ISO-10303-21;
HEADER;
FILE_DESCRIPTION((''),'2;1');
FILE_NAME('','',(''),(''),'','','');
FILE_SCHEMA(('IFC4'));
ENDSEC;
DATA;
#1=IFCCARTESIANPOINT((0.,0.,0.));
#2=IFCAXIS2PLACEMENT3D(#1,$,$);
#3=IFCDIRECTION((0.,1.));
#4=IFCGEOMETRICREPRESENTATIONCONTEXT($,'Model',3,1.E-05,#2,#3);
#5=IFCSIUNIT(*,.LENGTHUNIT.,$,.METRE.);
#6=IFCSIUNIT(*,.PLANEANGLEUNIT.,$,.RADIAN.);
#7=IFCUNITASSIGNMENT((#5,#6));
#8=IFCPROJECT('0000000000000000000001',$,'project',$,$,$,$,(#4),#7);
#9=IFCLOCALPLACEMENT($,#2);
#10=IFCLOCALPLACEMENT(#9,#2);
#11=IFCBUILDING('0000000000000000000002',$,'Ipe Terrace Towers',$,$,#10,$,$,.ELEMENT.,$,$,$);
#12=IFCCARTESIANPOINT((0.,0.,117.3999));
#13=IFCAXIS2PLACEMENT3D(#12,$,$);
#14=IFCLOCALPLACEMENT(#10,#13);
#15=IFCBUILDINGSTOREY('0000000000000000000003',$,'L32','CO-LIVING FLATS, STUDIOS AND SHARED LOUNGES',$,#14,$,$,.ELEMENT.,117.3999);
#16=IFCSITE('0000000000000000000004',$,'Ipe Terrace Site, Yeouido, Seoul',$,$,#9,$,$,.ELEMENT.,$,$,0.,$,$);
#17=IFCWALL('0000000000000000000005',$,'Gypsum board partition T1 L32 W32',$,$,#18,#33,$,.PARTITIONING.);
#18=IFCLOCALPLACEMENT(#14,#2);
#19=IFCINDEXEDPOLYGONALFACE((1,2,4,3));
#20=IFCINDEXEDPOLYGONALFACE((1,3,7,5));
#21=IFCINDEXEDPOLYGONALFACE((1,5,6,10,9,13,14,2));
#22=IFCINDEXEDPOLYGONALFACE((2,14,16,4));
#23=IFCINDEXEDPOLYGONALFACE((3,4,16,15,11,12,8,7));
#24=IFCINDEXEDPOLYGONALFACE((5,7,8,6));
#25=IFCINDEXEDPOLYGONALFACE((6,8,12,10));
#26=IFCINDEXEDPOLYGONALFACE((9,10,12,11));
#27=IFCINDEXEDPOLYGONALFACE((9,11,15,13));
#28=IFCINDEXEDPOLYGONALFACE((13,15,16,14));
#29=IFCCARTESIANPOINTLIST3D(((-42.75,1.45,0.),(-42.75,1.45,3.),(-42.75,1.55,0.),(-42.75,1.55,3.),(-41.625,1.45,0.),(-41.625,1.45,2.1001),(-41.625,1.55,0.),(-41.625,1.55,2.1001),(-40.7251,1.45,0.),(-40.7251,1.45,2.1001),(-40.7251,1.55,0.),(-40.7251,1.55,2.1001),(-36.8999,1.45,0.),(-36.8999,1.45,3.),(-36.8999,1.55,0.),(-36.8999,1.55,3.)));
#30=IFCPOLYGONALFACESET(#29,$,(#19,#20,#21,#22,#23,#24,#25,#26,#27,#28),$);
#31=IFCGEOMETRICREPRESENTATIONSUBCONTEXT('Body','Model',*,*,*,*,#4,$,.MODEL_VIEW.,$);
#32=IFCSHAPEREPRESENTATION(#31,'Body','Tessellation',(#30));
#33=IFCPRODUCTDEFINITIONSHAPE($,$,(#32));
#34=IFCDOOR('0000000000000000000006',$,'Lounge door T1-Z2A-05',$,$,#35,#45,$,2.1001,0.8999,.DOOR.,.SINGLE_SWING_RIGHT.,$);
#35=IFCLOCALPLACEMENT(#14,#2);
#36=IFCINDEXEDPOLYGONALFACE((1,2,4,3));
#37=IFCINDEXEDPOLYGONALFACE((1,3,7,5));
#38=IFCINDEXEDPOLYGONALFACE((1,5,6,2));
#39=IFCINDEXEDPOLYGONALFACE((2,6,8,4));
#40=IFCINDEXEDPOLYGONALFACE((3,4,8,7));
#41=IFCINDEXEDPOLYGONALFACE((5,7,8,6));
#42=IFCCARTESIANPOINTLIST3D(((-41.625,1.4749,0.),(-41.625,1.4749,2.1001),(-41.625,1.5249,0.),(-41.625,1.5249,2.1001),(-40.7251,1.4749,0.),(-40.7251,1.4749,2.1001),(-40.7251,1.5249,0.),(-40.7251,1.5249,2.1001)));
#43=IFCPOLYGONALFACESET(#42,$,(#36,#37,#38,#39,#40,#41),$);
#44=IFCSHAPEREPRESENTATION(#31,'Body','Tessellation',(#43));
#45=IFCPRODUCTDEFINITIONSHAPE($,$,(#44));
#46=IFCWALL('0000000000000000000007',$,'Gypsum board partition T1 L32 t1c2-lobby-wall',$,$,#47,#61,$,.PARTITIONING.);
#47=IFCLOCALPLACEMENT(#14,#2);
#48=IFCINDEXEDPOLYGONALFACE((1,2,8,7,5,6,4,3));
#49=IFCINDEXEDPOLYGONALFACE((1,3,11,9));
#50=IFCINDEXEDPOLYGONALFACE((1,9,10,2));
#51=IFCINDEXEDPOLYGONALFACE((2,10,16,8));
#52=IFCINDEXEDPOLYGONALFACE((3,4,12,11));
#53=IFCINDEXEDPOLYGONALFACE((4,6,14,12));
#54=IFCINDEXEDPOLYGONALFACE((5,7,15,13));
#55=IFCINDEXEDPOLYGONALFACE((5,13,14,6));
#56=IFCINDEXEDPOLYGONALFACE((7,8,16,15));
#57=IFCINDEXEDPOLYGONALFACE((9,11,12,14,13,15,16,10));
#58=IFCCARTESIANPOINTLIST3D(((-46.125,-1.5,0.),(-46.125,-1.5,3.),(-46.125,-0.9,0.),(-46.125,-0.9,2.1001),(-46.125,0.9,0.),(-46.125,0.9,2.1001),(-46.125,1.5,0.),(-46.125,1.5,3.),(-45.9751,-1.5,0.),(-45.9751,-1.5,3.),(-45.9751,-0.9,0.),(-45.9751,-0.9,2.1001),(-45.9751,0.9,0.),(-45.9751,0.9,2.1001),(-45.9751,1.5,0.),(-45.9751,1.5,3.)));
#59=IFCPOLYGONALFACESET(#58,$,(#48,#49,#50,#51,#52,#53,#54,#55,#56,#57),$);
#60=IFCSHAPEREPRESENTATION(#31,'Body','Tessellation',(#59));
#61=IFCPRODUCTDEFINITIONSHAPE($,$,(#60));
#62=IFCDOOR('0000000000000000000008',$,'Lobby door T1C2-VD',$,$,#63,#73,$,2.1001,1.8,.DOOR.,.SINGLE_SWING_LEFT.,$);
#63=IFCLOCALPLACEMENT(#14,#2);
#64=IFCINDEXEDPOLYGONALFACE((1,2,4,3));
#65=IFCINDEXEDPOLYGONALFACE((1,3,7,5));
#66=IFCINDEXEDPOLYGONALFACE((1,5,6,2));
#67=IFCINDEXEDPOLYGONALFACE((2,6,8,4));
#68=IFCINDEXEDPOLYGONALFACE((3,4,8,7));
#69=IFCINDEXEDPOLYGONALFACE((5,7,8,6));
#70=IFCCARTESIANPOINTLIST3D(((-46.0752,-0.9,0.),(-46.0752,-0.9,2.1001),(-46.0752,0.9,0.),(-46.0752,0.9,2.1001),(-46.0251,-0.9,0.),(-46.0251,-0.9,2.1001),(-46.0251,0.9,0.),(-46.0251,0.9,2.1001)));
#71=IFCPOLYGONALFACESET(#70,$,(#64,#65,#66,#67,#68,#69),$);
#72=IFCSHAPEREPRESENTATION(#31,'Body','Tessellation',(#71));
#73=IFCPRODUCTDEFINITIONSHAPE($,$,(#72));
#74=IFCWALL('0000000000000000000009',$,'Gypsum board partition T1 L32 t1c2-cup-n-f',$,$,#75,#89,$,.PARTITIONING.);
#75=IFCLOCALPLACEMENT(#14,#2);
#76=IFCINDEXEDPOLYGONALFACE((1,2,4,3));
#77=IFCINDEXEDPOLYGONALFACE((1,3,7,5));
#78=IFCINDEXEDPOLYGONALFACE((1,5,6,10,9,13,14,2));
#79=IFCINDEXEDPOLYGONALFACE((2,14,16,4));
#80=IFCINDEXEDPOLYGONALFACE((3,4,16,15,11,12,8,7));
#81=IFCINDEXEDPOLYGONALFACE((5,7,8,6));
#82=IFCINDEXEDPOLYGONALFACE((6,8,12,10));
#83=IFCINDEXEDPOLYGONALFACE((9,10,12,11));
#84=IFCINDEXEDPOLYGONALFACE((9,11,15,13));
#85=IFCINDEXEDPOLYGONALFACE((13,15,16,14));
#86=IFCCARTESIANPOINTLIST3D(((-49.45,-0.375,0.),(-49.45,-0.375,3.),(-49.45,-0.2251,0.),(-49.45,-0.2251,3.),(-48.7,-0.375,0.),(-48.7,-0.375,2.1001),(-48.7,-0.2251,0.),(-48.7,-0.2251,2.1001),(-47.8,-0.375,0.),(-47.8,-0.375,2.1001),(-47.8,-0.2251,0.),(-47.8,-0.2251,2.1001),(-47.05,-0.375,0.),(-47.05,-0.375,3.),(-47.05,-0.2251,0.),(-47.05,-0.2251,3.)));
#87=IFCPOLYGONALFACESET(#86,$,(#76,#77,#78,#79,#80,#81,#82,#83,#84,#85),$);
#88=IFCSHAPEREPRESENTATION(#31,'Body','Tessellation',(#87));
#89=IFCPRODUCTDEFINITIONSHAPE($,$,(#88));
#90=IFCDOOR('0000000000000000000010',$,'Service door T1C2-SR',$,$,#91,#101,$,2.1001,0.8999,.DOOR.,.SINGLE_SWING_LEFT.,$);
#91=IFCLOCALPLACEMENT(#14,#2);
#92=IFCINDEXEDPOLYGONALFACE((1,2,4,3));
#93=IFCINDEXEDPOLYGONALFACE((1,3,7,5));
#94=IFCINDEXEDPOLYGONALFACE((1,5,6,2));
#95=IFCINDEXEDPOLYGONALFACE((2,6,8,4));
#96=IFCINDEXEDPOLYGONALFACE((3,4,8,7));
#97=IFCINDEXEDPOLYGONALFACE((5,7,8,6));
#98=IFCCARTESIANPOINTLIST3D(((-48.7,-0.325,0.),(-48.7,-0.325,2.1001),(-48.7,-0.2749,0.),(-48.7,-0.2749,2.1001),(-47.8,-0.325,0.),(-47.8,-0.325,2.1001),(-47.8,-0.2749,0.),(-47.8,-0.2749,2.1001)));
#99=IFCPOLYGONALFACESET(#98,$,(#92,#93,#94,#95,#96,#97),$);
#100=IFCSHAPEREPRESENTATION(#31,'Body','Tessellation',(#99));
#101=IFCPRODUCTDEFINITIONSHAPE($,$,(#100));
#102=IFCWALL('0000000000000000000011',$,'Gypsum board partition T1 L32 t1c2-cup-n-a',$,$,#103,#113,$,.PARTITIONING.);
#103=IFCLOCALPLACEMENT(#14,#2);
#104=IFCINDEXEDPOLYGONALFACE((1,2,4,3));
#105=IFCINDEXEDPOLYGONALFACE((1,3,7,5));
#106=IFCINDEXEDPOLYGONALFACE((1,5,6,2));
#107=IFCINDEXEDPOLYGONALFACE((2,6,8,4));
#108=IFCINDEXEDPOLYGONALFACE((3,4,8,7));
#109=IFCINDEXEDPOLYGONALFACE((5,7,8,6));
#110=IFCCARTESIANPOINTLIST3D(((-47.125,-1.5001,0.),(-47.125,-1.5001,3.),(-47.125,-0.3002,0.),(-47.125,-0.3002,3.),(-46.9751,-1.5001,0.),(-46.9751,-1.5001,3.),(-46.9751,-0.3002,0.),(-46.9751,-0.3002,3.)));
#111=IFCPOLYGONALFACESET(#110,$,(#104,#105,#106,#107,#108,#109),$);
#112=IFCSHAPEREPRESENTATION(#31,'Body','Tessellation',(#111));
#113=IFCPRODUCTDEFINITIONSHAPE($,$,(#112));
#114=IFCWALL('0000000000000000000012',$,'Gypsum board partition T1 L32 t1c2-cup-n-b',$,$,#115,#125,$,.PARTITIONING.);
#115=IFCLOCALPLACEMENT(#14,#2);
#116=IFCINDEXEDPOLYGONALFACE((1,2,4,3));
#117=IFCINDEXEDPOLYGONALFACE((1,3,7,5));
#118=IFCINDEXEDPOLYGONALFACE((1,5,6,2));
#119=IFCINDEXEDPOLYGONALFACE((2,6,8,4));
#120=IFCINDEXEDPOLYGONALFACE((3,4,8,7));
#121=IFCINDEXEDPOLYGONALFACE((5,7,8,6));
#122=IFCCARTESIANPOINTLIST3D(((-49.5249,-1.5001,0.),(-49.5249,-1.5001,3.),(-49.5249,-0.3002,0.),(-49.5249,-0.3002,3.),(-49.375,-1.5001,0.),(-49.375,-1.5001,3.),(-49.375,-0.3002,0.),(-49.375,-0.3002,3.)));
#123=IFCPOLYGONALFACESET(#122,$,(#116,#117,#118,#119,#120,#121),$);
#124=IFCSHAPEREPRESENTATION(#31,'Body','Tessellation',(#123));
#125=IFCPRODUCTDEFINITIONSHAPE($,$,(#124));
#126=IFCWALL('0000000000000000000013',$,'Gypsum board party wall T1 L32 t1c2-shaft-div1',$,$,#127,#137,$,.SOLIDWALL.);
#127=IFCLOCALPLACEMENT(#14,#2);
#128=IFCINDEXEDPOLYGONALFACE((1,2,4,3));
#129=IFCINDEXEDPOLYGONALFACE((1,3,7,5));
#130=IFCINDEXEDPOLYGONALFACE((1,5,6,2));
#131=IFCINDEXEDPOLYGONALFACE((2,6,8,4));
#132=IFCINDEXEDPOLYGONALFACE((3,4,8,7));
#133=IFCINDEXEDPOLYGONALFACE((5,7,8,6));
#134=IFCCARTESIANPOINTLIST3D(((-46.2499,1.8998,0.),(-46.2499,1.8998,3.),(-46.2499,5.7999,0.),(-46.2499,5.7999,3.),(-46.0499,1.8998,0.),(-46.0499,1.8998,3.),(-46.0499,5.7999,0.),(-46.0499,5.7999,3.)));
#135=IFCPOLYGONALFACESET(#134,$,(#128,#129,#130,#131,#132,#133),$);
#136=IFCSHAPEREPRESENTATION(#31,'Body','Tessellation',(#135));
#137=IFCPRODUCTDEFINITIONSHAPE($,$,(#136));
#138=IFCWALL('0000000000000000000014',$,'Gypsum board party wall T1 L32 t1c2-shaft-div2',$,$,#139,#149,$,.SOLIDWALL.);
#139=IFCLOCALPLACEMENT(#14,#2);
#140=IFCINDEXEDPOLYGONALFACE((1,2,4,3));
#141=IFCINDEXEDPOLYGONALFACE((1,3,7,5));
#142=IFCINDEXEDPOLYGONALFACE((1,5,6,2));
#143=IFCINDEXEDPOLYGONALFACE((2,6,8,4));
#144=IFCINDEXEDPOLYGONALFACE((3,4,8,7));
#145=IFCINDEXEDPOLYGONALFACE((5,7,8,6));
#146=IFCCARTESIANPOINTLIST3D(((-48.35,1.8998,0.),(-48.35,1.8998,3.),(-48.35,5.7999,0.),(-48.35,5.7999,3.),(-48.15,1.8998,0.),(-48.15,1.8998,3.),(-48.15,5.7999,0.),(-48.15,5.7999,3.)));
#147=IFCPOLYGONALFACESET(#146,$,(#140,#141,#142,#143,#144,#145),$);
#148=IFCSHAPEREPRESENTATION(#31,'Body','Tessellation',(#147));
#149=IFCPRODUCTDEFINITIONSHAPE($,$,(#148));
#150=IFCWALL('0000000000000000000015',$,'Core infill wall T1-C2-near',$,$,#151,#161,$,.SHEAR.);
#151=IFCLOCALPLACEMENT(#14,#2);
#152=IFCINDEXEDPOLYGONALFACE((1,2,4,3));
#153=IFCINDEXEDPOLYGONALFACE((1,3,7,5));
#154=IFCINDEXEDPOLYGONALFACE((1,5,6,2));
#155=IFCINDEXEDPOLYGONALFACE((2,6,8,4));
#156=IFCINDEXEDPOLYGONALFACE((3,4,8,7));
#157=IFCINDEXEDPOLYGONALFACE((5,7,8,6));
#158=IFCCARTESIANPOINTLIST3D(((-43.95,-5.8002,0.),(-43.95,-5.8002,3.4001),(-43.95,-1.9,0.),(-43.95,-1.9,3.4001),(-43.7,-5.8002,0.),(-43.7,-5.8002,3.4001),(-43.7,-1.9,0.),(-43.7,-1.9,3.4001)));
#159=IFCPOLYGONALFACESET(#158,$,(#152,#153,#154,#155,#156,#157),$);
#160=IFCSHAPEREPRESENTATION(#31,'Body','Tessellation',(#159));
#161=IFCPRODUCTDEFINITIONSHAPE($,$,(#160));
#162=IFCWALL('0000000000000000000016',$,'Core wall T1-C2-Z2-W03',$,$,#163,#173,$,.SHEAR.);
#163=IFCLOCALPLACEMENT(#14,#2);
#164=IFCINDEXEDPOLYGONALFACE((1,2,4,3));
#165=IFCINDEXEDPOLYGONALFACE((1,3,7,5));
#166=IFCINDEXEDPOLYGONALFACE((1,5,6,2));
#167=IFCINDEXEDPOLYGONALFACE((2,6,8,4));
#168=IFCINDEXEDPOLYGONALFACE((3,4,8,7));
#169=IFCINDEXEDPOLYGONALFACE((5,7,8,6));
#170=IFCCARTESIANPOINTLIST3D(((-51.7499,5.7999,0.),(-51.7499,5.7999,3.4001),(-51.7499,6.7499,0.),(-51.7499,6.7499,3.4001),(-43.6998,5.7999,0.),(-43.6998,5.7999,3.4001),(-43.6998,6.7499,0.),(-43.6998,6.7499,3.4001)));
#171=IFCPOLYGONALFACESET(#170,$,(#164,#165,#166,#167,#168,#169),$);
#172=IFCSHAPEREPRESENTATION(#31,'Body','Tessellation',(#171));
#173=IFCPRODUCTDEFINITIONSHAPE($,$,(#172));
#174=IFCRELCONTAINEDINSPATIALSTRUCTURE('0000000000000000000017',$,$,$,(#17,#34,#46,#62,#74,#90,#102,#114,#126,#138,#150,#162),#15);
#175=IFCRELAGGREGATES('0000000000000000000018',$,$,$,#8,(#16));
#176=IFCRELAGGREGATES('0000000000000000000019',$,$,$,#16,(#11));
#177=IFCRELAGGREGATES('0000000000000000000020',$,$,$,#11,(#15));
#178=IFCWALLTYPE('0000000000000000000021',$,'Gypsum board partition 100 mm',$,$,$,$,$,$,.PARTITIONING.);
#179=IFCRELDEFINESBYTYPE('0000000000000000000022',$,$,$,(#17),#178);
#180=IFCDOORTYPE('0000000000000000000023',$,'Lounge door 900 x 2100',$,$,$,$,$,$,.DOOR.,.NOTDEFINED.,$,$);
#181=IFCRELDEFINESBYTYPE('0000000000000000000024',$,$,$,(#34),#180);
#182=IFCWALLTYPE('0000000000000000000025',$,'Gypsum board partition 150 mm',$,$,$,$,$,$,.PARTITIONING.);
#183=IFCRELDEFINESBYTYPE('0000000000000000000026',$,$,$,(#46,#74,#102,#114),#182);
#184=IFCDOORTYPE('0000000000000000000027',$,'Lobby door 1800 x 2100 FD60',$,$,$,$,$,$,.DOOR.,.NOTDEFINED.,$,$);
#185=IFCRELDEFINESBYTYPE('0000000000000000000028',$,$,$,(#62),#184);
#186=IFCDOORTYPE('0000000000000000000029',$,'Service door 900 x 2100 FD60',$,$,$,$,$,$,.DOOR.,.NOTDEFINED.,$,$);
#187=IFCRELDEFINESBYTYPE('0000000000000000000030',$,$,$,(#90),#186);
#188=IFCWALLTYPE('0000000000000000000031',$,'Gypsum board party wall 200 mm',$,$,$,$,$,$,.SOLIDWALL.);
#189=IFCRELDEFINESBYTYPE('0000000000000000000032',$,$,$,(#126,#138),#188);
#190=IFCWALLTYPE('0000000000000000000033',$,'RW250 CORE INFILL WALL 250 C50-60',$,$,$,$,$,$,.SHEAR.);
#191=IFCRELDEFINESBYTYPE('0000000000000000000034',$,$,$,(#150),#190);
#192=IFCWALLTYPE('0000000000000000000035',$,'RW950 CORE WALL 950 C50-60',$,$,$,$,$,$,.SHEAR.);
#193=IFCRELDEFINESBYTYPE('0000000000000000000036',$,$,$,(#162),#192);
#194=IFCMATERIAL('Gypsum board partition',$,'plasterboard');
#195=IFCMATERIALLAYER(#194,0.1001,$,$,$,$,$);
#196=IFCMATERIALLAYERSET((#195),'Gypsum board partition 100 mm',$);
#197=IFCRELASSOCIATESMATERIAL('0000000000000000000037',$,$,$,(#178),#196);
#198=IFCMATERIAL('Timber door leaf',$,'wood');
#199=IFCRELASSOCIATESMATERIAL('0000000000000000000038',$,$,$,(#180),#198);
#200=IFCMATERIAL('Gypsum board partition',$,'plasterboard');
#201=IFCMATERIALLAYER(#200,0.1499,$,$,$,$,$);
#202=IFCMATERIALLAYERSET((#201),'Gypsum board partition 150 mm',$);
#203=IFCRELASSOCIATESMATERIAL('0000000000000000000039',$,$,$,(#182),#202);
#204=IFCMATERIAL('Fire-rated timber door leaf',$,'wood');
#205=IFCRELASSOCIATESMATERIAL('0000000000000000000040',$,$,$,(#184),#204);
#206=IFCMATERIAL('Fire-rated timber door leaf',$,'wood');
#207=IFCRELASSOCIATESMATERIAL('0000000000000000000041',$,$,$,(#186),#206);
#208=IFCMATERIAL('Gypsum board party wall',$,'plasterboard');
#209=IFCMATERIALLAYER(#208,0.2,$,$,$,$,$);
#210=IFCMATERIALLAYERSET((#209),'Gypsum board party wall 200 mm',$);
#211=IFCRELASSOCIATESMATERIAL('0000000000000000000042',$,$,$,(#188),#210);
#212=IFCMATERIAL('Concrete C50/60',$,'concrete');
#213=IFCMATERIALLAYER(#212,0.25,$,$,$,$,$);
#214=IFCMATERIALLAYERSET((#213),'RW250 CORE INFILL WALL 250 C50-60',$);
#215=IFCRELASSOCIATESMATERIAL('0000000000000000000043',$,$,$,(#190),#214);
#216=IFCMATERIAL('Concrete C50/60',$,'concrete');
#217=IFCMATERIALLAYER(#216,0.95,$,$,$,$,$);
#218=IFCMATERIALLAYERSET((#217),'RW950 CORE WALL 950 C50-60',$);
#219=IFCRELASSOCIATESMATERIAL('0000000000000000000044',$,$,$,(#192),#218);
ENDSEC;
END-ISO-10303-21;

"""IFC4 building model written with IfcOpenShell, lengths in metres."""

from ifc_helpers import new_model, si_unit, direction, frame, frame_2d, origin, place, context, subcontext, project, spatial, rectangle, extrude, material, layer, layer_set, type_object, element, fill, save


model = new_model("IFC4")

# Units and contexts
model_context = context("Model", 3, precision=1e-05, world=origin(), true_north=direction((0.0, 1.0)))
body_context = subcontext(model_context, "Body", "Model", "MODEL_VIEW")
ifc_project = project(units=[si_unit("LENGTHUNIT", "METRE"), si_unit("PLANEANGLEUNIT", "RADIAN")], contexts=[model_context])

# Site, building, storey
site_placement = place(None, origin())
site = spatial("IfcSite", under=ifc_project, at=site_placement, Name="Ipe Terrace Site, Yeouido, Seoul", CompositionType="ELEMENT", RefElevation=0.0)
building_placement = place(site_placement, origin())
building = spatial("IfcBuilding", under=site, at=building_placement, Name="Ipe Terrace Towers", CompositionType="ELEMENT")
storey_placement = place(building_placement, frame((0.0, 0.0, 117.3999)))
storey = spatial("IfcBuildingStorey", under=building, at=storey_placement, Name="L32", Description="CO-LIVING FLATS, STUDIOS AND SHARED LOUNGES", CompositionType="ELEMENT", Elevation=117.3999)

# Shared definitions
ifc_material_1 = material(Name="Gypsum board partition", Category="plasterboard")
ifc_layer_1 = layer(ifc_material_1, 0.1001)
ifc_layer_set_1 = layer_set([ifc_layer_1], Name="Gypsum board partition 100 mm")
wall_type_1 = type_object("IfcWallType", Name="Gypsum board partition 100 mm", PredefinedType="PARTITIONING", material=ifc_layer_set_1)

# Shared definitions
ifc_material_2 = material(Name="Timber door leaf", Category="wood")
door_type_1 = type_object("IfcDoorType", Name="Lounge door 900 x 2100", OperationType="NOTDEFINED", PredefinedType="DOOR", material=ifc_material_2)

# Walls, openings, doors
wall_1_placement = place(storey_placement, frame((-42.75, 1.5, 0.0), z_axis=(0.0, 0.0, 1.0), x_axis=(1.0, 0.0, 0.0)))
wall_1 = element("IfcWall", 1, at=wall_1_placement, inside=storey, type_object=wall_type_1, Name="Gypsum board partition T1 L32 W32", PredefinedType="PARTITIONING", context=body_context, shape_type="SweptSolid", body=[
    extrude(rectangle(XDim=5.8501, YDim=0.1001, at=frame_2d((2.925, 0.0))), origin(), (0.0, 0.0, 1.0), 3.0),
])
opening_1_placement = place(wall_1_placement, frame((1.125, 0.0, 0.0)))
opening_1 = element("IfcOpeningElement", 2, at=opening_1_placement, cuts=wall_1, PredefinedType="OPENING", context=body_context, shape_type="SweptSolid", body=[
    extrude(rectangle(XDim=0.8999, YDim=2.1001, at=frame_2d((0.45, 1.05))), frame((0.0, 0.0601, 0.0), z_axis=(0.0, -1.0, 0.0), x_axis=(1.0, 0.0, 0.0)), (0.0, 0.0, 1.0), 0.1201),
])
door_1_placement = place(opening_1_placement, origin())
door_1 = element("IfcDoor", 3, at=door_1_placement, inside=storey, type_object=door_type_1, Name="Lounge door T1-Z2A-05", OperationType="SINGLE_SWING_RIGHT", OverallHeight=2.1001, OverallWidth=0.8999, PredefinedType="DOOR", context=body_context, shape_type="SweptSolid", body=[
    extrude(rectangle(XDim=0.8999, YDim=2.1001, at=frame_2d((0.45, 1.05))), frame((0.0, 0.0249, 0.0), z_axis=(0.0, -1.0, 0.0), x_axis=(1.0, 0.0, 0.0)), (0.0, 0.0, 1.0), 0.05),
])
fill(opening_1, door_1)
ifc_material_3 = material(Name="Gypsum board partition", Category="plasterboard")
ifc_layer_2 = layer(ifc_material_3, 0.1499)
ifc_layer_set_2 = layer_set([ifc_layer_2], Name="Gypsum board partition 150 mm")
wall_type_2 = type_object("IfcWallType", Name="Gypsum board partition 150 mm", PredefinedType="PARTITIONING", material=ifc_layer_set_2)
wall_2_placement = place(storey_placement, frame((-46.05, 1.5, 0.0), z_axis=(0.0, 0.0, 1.0), x_axis=(0.0, -1.0, 0.0)))
wall_2 = element("IfcWall", 4, at=wall_2_placement, inside=storey, type_object=wall_type_2, Name="Gypsum board partition T1 L32 t1c2-lobby-wall", PredefinedType="PARTITIONING", context=body_context, shape_type="SweptSolid", body=[
    extrude(rectangle(XDim=3.0, YDim=0.1499, at=frame_2d((1.5, 0.0))), origin(), (0.0, 0.0, 1.0), 3.0),
])
opening_2_placement = place(wall_2_placement, frame((0.6001, 0.0, 0.0)))
opening_2 = element("IfcOpeningElement", 5, at=opening_2_placement, cuts=wall_2, PredefinedType="OPENING", context=body_context, shape_type="SweptSolid", body=[
    extrude(rectangle(XDim=1.8, YDim=2.1001, at=frame_2d((0.8999, 1.05))), frame((0.0, 0.085, 0.0), z_axis=(0.0, -1.0, 0.0), x_axis=(1.0, 0.0, 0.0)), (0.0, 0.0, 1.0), 0.1699),
])
ifc_material_4 = material(Name="Fire-rated timber door leaf", Category="wood")
door_type_2 = type_object("IfcDoorType", Name="Lobby door 1800 x 2100 FD60", OperationType="NOTDEFINED", PredefinedType="DOOR", material=ifc_material_4)
door_2_placement = place(opening_2_placement, origin())
door_2 = element("IfcDoor", 6, at=door_2_placement, inside=storey, type_object=door_type_2, Name="Lobby door T1C2-VD", OperationType="SINGLE_SWING_LEFT", OverallHeight=2.1001, OverallWidth=1.8, PredefinedType="DOOR", context=body_context, shape_type="SweptSolid", body=[
    extrude(rectangle(XDim=1.8, YDim=2.1001, at=frame_2d((0.8999, 1.05))), frame((0.0, 0.0249, 0.0), z_axis=(0.0, -1.0, 0.0), x_axis=(1.0, 0.0, 0.0)), (0.0, 0.0, 1.0), 0.05),
])
fill(opening_2, door_2)
wall_3_placement = place(storey_placement, frame((-47.05, -0.3, 0.0), z_axis=(0.0, 0.0, 1.0), x_axis=(-1.0, 0.0, 0.0)))
wall_3 = element("IfcWall", 7, at=wall_3_placement, inside=storey, type_object=wall_type_2, Name="Gypsum board partition T1 L32 t1c2-cup-n-f", PredefinedType="PARTITIONING", context=body_context, shape_type="SweptSolid", body=[
    extrude(rectangle(XDim=2.3999, YDim=0.1499, at=frame_2d((1.2, 0.0))), origin(), (0.0, 0.0, 1.0), 3.0),
])
opening_3_placement = place(wall_3_placement, frame((0.75, 0.0, 0.0)))
opening_3 = element("IfcOpeningElement", 8, at=opening_3_placement, cuts=wall_3, PredefinedType="OPENING", context=body_context, shape_type="SweptSolid", body=[
    extrude(rectangle(XDim=0.8999, YDim=2.1001, at=frame_2d((0.45, 1.05))), frame((0.0, 0.085, 0.0), z_axis=(0.0, -1.0, 0.0), x_axis=(1.0, 0.0, 0.0)), (0.0, 0.0, 1.0), 0.1699),
])
ifc_material_5 = material(Name="Fire-rated timber door leaf", Category="wood")
door_type_3 = type_object("IfcDoorType", Name="Service door 900 x 2100 FD60", OperationType="NOTDEFINED", PredefinedType="DOOR", material=ifc_material_5)
door_3_placement = place(opening_3_placement, origin())
door_3 = element("IfcDoor", 9, at=door_3_placement, inside=storey, type_object=door_type_3, Name="Service door T1C2-SR", OperationType="SINGLE_SWING_LEFT", OverallHeight=2.1001, OverallWidth=0.8999, PredefinedType="DOOR", context=body_context, shape_type="SweptSolid", body=[
    extrude(rectangle(XDim=0.8999, YDim=2.1001, at=frame_2d((0.45, 1.05))), frame((0.0, 0.0249, 0.0), z_axis=(0.0, -1.0, 0.0), x_axis=(1.0, 0.0, 0.0)), (0.0, 0.0, 1.0), 0.05),
])
fill(opening_3, door_3)

# Walls
for number, where, z_axis, x_axis, name in (
    (10, (-47.05, -0.3, 0.0), (0.0, 0.0, 1.0), (0.0, -1.0, 0.0), "Gypsum board partition T1 L32 t1c2-cup-n-a"),
    (11, (-49.45, -0.3, 0.0), (0.0, 0.0, 1.0), (0.0, -1.0, 0.0), "Gypsum board partition T1 L32 t1c2-cup-n-b"),
):
    element("IfcWall", number, at=place(storey_placement, frame(where, z_axis=z_axis, x_axis=x_axis)), inside=storey, type_object=wall_type_2, Name=name, PredefinedType="PARTITIONING", context=body_context, shape_type="SweptSolid", body=[
        extrude(rectangle(XDim=1.2, YDim=0.1499, at=frame_2d((0.6001, 0.0))), origin(), (0.0, 0.0, 1.0), 3.0),
    ])
ifc_material_6 = material(Name="Gypsum board party wall", Category="plasterboard")
ifc_layer_3 = layer(ifc_material_6, 0.2)
ifc_layer_set_3 = layer_set([ifc_layer_3], Name="Gypsum board party wall 200 mm")
wall_type_3 = type_object("IfcWallType", Name="Gypsum board party wall 200 mm", PredefinedType="SOLIDWALL", material=ifc_layer_set_3)
for number, where, z_axis, x_axis, name in (
    (12, (-46.1499, 5.8, 0.0), (0.0, 0.0, 1.0), (0.0, -1.0, 0.0), "Gypsum board party wall T1 L32 t1c2-shaft-div1"),
    (13, (-48.25, 5.8, 0.0), (0.0, 0.0, 1.0), (0.0, -1.0, 0.0), "Gypsum board party wall T1 L32 t1c2-shaft-div2"),
):
    element("IfcWall", number, at=place(storey_placement, frame(where, z_axis=z_axis, x_axis=x_axis)), inside=storey, type_object=wall_type_3, Name=name, PredefinedType="SOLIDWALL", context=body_context, shape_type="SweptSolid", body=[
        extrude(rectangle(XDim=3.9001, YDim=0.2, at=frame_2d((1.9502, 0.0))), origin(), (0.0, 0.0, 1.0), 3.0),
    ])
ifc_material_7 = material(Name="Concrete C50/60", Category="concrete")
ifc_layer_4 = layer(ifc_material_7, 0.25)
ifc_layer_set_4 = layer_set([ifc_layer_4], Name="RW250 CORE INFILL WALL 250 C50-60")
wall_type_4 = type_object("IfcWallType", Name="RW250 CORE INFILL WALL 250 C50-60", PredefinedType="SHEAR", material=ifc_layer_set_4)
wall_4_placement = place(storey_placement, frame((-43.825, -1.8999, 0.0), z_axis=(0.0, 0.0, 1.0), x_axis=(0.0, -1.0, 0.0)))
element("IfcWall", 14, at=wall_4_placement, inside=storey, type_object=wall_type_4, Name="Core infill wall T1-C2-near", PredefinedType="SHEAR", context=body_context, shape_type="SweptSolid", body=[
    extrude(rectangle(XDim=3.9001, YDim=0.25, at=frame_2d((1.9502, 0.0))), origin(), (0.0, 0.0, 1.0), 3.4001),
])
ifc_material_8 = material(Name="Concrete C50/60", Category="concrete")
ifc_layer_5 = layer(ifc_material_8, 0.95)
ifc_layer_set_5 = layer_set([ifc_layer_5], Name="RW950 CORE WALL 950 C50-60")
wall_type_5 = type_object("IfcWallType", Name="RW950 CORE WALL 950 C50-60", PredefinedType="SHEAR", material=ifc_layer_set_5)
wall_5_placement = place(storey_placement, frame((-43.7, 6.2749, 0.0), z_axis=(0.0, 0.0, 1.0), x_axis=(-1.0, 0.0, 0.0)))
element("IfcWall", 15, at=wall_5_placement, inside=storey, type_object=wall_type_5, Name="Core wall T1-C2-Z2-W03", PredefinedType="SHEAR", context=body_context, shape_type="SweptSolid", body=[
    extrude(rectangle(XDim=8.05, YDim=0.95, at=frame_2d((4.0249, 0.0))), origin(), (0.0, 0.0, 1.0), 3.4001),
])

save(model, "model.ifc")
